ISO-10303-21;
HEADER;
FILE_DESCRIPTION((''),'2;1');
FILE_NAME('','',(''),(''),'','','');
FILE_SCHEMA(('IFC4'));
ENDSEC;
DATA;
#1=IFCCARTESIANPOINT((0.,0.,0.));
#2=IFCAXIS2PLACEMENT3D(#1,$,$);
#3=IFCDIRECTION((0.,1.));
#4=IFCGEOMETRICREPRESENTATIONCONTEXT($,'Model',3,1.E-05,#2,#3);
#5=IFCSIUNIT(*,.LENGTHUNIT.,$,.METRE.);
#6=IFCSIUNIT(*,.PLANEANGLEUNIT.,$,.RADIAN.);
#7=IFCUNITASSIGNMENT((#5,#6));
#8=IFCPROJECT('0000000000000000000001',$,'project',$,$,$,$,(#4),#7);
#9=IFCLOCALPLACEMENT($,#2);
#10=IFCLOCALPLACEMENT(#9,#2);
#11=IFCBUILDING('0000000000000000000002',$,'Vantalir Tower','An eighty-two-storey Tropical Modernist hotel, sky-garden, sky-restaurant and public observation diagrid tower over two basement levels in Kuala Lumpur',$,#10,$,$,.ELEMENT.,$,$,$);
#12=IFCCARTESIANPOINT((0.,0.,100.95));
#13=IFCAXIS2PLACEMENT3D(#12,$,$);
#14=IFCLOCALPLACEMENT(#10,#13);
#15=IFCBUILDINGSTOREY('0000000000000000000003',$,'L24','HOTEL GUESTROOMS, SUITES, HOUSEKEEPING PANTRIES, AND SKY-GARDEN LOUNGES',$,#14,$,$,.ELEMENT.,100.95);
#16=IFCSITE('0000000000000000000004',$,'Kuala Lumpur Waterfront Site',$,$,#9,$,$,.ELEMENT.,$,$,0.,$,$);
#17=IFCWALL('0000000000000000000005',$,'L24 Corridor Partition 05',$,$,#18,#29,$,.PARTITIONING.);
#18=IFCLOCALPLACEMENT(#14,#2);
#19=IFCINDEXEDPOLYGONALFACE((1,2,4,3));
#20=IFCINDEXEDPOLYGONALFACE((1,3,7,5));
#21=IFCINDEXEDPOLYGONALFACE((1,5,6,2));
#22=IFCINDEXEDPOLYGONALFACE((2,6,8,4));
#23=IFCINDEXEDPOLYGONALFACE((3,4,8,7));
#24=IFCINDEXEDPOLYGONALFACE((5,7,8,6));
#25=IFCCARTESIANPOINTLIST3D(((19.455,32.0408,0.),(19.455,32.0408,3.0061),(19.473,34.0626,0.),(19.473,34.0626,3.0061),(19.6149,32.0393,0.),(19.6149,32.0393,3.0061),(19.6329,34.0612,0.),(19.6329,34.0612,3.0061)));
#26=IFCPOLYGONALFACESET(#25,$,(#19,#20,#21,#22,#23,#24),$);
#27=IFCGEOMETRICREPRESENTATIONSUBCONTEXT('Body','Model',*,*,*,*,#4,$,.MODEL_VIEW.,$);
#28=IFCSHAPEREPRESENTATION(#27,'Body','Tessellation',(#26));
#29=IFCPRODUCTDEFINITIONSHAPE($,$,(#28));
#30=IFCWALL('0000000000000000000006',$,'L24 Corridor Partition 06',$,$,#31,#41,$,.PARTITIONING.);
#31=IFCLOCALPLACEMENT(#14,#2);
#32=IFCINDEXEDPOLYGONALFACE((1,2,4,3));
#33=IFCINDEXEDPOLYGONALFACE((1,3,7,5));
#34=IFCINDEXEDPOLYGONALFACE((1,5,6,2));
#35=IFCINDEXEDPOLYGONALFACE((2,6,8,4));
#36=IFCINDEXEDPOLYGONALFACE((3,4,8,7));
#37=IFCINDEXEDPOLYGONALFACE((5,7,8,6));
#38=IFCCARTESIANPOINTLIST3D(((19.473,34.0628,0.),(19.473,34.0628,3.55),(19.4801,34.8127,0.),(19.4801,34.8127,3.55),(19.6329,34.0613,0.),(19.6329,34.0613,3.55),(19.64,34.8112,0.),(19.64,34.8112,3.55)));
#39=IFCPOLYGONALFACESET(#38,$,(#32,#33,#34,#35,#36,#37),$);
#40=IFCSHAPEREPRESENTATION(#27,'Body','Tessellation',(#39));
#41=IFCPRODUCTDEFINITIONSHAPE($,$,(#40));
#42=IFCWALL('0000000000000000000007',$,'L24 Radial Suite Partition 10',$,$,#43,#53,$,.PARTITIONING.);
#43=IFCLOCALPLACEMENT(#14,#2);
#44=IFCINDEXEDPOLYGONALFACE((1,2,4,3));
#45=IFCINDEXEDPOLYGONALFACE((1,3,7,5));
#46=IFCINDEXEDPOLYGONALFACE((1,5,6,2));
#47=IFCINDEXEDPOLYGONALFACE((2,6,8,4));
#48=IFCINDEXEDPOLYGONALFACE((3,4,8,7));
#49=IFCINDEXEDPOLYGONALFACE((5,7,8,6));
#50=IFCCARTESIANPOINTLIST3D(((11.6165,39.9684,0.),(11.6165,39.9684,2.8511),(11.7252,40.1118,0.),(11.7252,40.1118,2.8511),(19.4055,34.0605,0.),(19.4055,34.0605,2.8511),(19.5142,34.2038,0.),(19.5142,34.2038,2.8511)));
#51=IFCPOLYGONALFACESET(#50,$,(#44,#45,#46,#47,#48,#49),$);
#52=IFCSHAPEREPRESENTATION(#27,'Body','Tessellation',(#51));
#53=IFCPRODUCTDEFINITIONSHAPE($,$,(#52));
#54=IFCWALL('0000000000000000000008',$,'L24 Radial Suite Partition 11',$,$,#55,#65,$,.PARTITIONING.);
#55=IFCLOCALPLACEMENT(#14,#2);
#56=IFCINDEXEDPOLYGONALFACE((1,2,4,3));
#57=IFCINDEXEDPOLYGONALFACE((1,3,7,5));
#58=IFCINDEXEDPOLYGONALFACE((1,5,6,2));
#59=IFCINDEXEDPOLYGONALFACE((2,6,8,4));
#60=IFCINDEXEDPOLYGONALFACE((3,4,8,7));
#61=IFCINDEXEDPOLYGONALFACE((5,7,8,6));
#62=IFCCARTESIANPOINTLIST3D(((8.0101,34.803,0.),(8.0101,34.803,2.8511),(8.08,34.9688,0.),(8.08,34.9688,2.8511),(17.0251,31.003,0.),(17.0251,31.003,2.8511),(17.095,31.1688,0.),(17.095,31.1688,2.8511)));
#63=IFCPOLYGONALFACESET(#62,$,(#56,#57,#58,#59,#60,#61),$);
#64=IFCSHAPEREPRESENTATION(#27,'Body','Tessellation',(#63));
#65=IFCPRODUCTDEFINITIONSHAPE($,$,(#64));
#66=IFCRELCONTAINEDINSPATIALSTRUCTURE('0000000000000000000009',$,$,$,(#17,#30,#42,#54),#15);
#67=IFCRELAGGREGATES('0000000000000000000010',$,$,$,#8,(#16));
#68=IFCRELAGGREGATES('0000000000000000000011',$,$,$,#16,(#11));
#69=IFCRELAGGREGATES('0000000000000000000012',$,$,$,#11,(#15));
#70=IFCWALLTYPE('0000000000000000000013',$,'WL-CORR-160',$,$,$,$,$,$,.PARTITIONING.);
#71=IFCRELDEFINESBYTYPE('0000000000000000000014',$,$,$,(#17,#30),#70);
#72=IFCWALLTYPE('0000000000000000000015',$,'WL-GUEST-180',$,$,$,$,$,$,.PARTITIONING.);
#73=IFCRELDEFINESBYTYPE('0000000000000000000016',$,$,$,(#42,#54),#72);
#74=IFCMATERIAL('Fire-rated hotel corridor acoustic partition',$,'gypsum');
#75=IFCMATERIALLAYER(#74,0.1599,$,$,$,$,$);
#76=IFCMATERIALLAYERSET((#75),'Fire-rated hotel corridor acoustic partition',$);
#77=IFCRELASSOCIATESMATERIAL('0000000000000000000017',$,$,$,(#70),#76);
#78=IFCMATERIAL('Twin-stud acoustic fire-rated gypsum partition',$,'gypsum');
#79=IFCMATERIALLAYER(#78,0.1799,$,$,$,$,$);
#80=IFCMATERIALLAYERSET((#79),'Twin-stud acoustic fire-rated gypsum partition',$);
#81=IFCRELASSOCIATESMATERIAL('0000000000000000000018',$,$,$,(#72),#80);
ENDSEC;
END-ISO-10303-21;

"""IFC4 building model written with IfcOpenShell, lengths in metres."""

from ifc_helpers import new_model, si_unit, direction, frame, frame_2d, origin, place, context, subcontext, project, spatial, rectangle, extrude, material, layer, layer_set, type_object, element, save


model = new_model("IFC4")

# Units and contexts
model_context = context("Model", 3, precision=1e-05, world=origin(), true_north=direction((0.0, 1.0)))
body_context = subcontext(model_context, "Body", "Model", "MODEL_VIEW")
ifc_project = project(units=[si_unit("LENGTHUNIT", "METRE"), si_unit("PLANEANGLEUNIT", "RADIAN")], contexts=[model_context])

# Site, building, storey
site_placement = place(None, origin())
site = spatial("IfcSite", under=ifc_project, at=site_placement, Name="Kuala Lumpur Waterfront Site", CompositionType="ELEMENT", RefElevation=0.0)
building_placement = place(site_placement, origin())
building = spatial("IfcBuilding", under=site, at=building_placement, Name="Vantalir Tower", Description="An eighty-two-storey Tropical Modernist hotel, sky-garden, sky-restaurant and public observation diagrid tower over two basement levels in Kuala Lumpur", CompositionType="ELEMENT")
storey_placement = place(building_placement, frame((0.0, 0.0, 100.95)))
storey = spatial("IfcBuildingStorey", under=building, at=storey_placement, Name="L24", Description="HOTEL GUESTROOMS, SUITES, HOUSEKEEPING PANTRIES, AND SKY-GARDEN LOUNGES", CompositionType="ELEMENT", Elevation=100.95)

# Shared definitions
ifc_material_1 = material(Name="Fire-rated hotel corridor acoustic partition", Category="gypsum")
ifc_layer_1 = layer(ifc_material_1, 0.1599)
ifc_layer_set_1 = layer_set([ifc_layer_1], Name="Fire-rated hotel corridor acoustic partition")
wall_type_1 = type_object("IfcWallType", Name="WL-CORR-160", PredefinedType="PARTITIONING", material=ifc_layer_set_1)

# Walls
wall_1_placement = place(storey_placement, frame((19.5349, 32.04, 0.0), z_axis=(0.0, 0.0, 1.0), x_axis=(0.008935, 0.99996, 0.0)))
element("IfcWall", 1, at=wall_1_placement, inside=storey, type_object=wall_type_1, Name="L24 Corridor Partition 05", PredefinedType="PARTITIONING", context=body_context, shape_type="SweptSolid", body=[
    extrude(rectangle(XDim=2.022, YDim=0.1599, at=frame_2d((1.011, 0.0))), origin(), (0.0, 0.0, 1.0), 3.0061),
])
wall_2_placement = place(storey_placement, frame((19.553, 34.062, 0.0), z_axis=(0.0, 0.0, 1.0), x_axis=(0.00944, 0.999955, 0.0)))
element("IfcWall", 2, at=wall_2_placement, inside=storey, type_object=wall_type_1, Name="L24 Corridor Partition 06", PredefinedType="PARTITIONING", context=body_context, shape_type="SweptSolid", body=[
    extrude(rectangle(XDim=0.75, YDim=0.1599, at=frame_2d((0.375, 0.0))), origin(), (0.0, 0.0, 1.0), 3.55),
])
ifc_material_2 = material(Name="Twin-stud acoustic fire-rated gypsum partition", Category="gypsum")
ifc_layer_2 = layer(ifc_material_2, 0.1799)
ifc_layer_set_2 = layer_set([ifc_layer_2], Name="Twin-stud acoustic fire-rated gypsum partition")
wall_type_2 = type_object("IfcWallType", Name="WL-GUEST-180", PredefinedType="PARTITIONING", material=ifc_layer_set_2)
wall_3_placement = place(storey_placement, frame((19.46, 34.1321, 0.0), z_axis=(0.0, 0.0, 1.0), x_axis=(-0.79674, 0.604323, 0.0)))
element("IfcWall", 3, at=wall_3_placement, inside=storey, type_object=wall_type_2, Name="L24 Radial Suite Partition 10", PredefinedType="PARTITIONING", context=body_context, shape_type="SweptSolid", body=[
    extrude(rectangle(XDim=9.7761, YDim=0.1799, at=frame_2d((4.8882, 0.0))), origin(), (0.0, 0.0, 1.0), 2.8511),
])
wall_4_placement = place(storey_placement, frame((17.0601, 31.0859, 0.0), z_axis=(0.0, 0.0, 1.0), x_axis=(-0.921482, 0.388422, 0.0)))
element("IfcWall", 4, at=wall_4_placement, inside=storey, type_object=wall_type_2, Name="L24 Radial Suite Partition 11", PredefinedType="PARTITIONING", context=body_context, shape_type="SweptSolid", body=[
    extrude(rectangle(XDim=9.7832, YDim=0.1799, at=frame_2d((4.8916, 0.0))), origin(), (0.0, 0.0, 1.0), 2.8511),
])

save(model, "model.ifc")
